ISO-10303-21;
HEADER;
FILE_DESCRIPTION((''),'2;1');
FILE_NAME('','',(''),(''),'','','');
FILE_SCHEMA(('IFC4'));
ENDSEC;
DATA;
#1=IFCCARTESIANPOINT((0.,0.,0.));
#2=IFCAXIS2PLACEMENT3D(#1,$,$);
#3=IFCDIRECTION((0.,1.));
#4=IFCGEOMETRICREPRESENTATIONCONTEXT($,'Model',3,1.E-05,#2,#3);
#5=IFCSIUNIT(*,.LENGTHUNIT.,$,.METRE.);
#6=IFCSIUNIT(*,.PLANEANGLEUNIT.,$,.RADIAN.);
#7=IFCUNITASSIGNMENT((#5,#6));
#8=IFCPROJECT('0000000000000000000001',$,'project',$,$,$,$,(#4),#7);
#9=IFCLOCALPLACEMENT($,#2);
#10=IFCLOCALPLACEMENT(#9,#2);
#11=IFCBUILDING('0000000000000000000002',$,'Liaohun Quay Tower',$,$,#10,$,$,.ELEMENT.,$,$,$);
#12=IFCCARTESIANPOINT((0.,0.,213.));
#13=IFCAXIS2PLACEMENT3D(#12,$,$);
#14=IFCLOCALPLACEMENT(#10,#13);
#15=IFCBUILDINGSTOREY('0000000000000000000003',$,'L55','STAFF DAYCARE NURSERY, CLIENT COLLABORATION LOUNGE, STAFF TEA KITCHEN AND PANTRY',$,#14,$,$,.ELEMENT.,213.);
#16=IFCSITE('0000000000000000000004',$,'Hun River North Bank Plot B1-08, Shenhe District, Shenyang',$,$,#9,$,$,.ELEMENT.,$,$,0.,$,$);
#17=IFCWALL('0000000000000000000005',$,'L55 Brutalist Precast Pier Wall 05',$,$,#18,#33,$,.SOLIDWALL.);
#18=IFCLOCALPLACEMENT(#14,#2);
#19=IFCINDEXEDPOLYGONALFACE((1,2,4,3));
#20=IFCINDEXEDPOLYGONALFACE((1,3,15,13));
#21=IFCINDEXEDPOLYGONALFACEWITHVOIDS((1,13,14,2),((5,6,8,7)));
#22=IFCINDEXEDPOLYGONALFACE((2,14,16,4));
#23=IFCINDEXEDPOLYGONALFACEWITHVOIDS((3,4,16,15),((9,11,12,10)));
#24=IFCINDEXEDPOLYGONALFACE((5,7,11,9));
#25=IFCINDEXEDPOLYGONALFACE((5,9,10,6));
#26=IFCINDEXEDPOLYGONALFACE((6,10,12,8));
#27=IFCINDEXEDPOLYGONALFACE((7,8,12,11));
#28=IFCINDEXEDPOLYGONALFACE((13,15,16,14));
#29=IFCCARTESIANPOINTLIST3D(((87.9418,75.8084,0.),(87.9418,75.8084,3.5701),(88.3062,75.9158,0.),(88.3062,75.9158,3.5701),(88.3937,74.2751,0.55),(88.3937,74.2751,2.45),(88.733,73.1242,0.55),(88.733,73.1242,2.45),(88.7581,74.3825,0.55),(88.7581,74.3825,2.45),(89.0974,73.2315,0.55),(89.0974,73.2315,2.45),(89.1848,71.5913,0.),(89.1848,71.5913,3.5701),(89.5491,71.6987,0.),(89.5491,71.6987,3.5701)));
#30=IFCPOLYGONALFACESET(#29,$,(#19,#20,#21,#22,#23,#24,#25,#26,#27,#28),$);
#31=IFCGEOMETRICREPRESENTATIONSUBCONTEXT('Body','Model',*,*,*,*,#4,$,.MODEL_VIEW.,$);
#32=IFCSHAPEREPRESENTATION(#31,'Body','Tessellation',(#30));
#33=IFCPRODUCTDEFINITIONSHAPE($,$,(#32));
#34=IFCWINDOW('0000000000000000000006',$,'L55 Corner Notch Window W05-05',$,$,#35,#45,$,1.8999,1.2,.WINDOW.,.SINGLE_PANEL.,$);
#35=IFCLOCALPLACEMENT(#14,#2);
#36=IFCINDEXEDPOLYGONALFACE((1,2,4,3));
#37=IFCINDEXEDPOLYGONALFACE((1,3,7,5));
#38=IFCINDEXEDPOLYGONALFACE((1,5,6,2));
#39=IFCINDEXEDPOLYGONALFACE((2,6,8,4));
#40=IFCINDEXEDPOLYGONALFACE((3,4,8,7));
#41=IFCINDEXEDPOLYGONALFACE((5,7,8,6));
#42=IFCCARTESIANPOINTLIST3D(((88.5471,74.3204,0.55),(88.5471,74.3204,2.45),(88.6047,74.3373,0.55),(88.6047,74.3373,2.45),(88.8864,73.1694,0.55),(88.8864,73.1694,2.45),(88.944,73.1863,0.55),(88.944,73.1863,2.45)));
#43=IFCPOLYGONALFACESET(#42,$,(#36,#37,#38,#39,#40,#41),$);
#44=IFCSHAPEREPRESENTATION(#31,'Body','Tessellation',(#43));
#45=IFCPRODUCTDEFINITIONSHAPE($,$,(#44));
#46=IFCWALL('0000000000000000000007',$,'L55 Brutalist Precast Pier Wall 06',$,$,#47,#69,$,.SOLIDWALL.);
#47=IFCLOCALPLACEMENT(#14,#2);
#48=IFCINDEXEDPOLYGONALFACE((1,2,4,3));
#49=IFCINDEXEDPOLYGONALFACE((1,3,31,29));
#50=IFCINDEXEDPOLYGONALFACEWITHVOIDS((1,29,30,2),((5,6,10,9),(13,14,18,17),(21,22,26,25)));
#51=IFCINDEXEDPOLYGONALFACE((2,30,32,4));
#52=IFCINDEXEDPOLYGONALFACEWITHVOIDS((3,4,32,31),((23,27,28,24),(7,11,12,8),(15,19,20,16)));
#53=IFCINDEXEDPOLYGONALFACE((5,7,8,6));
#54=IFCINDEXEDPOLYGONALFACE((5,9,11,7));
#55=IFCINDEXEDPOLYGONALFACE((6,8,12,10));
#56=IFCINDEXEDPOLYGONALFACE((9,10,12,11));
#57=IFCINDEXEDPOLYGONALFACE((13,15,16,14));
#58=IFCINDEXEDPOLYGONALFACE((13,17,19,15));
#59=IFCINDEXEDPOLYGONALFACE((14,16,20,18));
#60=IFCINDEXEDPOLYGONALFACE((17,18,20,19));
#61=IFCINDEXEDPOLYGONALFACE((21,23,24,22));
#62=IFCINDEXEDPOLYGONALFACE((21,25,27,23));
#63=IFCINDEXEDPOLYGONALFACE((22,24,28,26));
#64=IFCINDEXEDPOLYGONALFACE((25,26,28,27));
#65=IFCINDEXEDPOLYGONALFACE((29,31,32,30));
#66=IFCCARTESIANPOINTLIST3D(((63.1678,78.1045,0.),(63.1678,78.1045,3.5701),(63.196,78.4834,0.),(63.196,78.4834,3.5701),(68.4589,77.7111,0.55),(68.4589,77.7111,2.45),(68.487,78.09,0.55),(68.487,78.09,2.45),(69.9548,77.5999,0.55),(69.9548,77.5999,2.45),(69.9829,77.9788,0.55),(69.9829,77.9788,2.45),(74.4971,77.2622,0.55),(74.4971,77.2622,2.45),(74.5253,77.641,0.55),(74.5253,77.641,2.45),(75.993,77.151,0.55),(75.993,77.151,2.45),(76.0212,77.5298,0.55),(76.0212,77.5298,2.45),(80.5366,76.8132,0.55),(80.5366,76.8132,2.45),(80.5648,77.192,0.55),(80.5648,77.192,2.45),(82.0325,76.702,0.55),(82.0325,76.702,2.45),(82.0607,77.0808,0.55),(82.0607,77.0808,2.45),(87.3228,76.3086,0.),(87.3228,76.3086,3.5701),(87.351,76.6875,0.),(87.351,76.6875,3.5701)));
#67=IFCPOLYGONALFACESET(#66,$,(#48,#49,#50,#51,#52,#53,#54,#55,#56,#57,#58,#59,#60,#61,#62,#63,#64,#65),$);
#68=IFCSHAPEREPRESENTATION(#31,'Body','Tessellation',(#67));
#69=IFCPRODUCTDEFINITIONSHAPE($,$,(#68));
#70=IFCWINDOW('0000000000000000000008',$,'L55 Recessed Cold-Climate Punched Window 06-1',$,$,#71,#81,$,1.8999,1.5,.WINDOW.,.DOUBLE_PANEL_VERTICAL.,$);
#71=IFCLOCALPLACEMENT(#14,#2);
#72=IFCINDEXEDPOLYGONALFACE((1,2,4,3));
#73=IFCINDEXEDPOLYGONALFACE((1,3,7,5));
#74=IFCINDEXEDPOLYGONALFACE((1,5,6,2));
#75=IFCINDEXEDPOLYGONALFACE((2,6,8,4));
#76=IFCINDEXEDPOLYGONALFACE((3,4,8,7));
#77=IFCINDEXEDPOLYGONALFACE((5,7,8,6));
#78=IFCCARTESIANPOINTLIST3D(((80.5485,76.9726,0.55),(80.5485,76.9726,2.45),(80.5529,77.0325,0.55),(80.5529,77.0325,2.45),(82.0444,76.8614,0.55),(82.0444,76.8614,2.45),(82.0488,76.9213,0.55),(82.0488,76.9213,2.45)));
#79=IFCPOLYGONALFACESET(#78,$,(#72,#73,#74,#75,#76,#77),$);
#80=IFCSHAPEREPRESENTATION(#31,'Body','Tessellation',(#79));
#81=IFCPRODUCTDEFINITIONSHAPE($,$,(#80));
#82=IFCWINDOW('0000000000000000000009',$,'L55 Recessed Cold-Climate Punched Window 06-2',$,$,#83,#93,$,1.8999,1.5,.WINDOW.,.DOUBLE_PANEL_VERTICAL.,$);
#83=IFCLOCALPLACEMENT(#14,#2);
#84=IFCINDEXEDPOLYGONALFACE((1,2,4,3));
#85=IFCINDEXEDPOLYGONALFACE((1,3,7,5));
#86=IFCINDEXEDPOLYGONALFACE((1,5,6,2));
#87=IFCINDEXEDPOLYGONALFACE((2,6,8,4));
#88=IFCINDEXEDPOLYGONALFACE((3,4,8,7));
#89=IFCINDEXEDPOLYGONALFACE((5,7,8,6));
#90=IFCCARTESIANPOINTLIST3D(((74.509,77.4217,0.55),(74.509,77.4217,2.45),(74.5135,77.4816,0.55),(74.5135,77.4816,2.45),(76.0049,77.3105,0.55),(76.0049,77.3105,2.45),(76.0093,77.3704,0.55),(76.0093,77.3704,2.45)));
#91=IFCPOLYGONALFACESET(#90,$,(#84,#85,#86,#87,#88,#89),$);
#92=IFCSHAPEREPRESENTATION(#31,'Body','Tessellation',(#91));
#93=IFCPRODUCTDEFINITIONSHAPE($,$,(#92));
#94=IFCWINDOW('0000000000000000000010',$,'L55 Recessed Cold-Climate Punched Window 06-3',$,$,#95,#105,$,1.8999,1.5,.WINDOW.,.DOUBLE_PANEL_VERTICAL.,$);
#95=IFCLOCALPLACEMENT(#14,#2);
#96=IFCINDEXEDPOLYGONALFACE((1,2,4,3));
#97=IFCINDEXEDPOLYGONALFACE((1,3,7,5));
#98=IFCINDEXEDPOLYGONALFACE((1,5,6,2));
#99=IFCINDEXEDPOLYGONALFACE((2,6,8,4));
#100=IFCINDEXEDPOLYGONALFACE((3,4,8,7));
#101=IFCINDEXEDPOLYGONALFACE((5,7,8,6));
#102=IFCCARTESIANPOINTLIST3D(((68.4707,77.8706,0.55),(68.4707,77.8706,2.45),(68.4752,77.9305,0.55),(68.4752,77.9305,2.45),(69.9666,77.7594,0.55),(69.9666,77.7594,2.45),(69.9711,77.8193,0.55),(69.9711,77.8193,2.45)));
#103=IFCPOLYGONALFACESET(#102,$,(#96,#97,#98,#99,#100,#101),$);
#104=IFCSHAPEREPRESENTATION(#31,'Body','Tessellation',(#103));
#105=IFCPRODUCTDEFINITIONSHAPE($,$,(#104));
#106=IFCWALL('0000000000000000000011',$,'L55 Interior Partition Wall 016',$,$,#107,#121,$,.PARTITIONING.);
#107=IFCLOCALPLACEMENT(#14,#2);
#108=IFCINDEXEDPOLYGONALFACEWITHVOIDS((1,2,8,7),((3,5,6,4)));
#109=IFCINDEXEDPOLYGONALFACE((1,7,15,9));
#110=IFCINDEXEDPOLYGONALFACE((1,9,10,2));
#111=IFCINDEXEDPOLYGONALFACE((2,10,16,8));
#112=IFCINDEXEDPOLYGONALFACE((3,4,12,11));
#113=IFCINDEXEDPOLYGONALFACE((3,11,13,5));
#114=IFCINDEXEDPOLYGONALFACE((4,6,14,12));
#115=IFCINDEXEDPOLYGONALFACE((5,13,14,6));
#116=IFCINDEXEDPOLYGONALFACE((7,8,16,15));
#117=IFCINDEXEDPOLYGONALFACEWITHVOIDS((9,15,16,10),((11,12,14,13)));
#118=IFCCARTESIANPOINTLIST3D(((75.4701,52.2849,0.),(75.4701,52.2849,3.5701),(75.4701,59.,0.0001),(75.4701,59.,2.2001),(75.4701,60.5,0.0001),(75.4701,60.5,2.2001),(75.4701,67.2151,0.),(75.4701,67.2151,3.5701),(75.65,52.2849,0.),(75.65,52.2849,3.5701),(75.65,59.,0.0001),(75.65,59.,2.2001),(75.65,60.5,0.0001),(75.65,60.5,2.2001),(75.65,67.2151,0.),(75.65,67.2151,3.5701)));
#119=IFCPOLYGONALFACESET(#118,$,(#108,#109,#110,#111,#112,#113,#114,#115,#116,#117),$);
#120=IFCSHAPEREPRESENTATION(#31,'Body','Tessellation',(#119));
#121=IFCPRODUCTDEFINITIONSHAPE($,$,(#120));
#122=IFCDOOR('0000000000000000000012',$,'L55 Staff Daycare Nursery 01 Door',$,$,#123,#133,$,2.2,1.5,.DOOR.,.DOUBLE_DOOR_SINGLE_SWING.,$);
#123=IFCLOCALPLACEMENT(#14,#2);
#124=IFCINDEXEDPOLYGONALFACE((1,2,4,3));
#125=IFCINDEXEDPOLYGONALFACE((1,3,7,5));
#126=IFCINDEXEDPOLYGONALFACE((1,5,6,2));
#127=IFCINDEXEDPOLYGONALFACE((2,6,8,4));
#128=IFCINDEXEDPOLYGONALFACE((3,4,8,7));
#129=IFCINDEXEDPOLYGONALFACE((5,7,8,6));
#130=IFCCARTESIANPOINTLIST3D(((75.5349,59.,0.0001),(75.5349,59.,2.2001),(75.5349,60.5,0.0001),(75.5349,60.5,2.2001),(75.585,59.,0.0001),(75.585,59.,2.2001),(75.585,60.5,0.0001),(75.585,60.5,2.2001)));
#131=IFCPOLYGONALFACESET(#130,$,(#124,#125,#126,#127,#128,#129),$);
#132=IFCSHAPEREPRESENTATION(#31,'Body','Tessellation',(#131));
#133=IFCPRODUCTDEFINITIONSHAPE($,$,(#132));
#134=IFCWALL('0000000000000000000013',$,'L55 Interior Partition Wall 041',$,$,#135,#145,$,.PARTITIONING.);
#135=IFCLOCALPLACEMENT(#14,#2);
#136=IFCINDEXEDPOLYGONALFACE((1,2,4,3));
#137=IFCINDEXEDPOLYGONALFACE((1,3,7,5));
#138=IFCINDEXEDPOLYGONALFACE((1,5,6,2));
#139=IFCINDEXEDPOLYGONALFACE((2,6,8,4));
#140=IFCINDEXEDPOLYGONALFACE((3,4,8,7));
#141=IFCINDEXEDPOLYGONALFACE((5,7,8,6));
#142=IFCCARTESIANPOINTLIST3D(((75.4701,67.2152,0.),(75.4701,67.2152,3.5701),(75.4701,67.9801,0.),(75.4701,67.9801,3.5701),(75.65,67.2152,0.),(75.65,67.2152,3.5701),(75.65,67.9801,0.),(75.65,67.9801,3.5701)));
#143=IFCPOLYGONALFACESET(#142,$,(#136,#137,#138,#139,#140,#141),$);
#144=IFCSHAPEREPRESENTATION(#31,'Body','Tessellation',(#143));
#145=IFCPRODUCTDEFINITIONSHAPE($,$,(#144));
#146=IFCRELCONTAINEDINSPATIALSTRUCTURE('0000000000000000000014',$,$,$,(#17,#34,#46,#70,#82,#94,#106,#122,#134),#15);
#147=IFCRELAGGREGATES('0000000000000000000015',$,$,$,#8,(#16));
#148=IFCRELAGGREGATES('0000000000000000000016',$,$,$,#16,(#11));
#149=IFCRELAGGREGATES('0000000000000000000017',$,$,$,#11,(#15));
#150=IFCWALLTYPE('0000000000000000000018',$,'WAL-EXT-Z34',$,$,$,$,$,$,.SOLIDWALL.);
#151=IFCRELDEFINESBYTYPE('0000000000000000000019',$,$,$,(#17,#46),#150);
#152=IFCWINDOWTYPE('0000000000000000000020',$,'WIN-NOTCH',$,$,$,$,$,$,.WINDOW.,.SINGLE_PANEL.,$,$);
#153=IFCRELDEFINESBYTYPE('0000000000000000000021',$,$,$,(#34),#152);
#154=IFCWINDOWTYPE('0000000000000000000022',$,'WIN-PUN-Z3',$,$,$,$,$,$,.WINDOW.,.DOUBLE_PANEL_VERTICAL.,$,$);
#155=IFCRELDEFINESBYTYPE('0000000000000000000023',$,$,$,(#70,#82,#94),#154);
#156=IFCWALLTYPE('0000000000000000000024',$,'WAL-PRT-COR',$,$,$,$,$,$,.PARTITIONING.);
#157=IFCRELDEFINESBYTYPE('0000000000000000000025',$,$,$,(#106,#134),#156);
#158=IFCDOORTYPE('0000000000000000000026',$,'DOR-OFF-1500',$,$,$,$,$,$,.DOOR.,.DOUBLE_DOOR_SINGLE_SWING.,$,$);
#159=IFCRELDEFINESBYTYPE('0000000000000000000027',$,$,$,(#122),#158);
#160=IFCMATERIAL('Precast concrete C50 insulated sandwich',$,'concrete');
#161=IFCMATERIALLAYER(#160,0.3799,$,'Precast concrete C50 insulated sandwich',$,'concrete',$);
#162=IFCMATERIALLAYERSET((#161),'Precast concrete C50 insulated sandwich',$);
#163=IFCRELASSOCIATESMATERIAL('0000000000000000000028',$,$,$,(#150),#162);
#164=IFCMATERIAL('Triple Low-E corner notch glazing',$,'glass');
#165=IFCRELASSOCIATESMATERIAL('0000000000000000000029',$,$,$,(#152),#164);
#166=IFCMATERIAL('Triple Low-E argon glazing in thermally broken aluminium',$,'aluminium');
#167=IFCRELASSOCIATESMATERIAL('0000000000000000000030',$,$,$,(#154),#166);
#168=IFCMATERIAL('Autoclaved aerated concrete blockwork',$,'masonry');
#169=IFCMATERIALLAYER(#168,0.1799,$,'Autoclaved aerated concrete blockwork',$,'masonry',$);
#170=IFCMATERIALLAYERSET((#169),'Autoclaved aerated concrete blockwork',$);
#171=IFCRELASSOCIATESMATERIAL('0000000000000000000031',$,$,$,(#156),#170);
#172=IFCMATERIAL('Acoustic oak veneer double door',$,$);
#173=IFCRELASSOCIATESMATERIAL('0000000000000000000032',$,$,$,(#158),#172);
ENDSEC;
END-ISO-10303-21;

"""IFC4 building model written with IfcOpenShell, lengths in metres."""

from ifc_helpers import new_model, si_unit, direction, frame, frame_2d, origin, place, context, subcontext, project, spatial, rectangle, extrude, source, transform, mapped, material, layer, layer_set, type_object, element, fill, save


model = new_model("IFC4")

# Units and contexts
model_context = context("Model", 3, precision=1e-05, world=origin(), true_north=direction((0.0, 1.0)))
body_context = subcontext(model_context, "Body", "Model", "MODEL_VIEW")
ifc_project = project(units=[si_unit("LENGTHUNIT", "METRE"), si_unit("PLANEANGLEUNIT", "RADIAN")], contexts=[model_context])

# Site, building, storey
site_placement = place(None, origin())
site = spatial("IfcSite", under=ifc_project, at=site_placement, Name="Hun River North Bank Plot B1-08, Shenhe District, Shenyang", CompositionType="ELEMENT", RefElevation=0.0)
building_placement = place(site_placement, origin())
building = spatial("IfcBuilding", under=site, at=building_placement, Name="Liaohun Quay Tower", CompositionType="ELEMENT")
storey_placement = place(building_placement, frame((0.0, 0.0, 213.0)))
storey = spatial("IfcBuildingStorey", under=building, at=storey_placement, Name="L55", Description="STAFF DAYCARE NURSERY, CLIENT COLLABORATION LOUNGE, STAFF TEA KITCHEN AND PANTRY", CompositionType="ELEMENT", Elevation=213.0)

# Wall, opening, window
ifc_material_1 = material(Name="Precast concrete C50 insulated sandwich", Category="concrete")
ifc_layer_1 = layer(ifc_material_1, 0.3799, Name="Precast concrete C50 insulated sandwich", Category="concrete")
ifc_layer_set_1 = layer_set([ifc_layer_1], Name="Precast concrete C50 insulated sandwich")
wall_type_1 = type_object("IfcWallType", Name="WAL-EXT-Z34", PredefinedType="SOLIDWALL", material=ifc_layer_set_1)
shared_shape_1 = source(origin(), body_context, "Body", "SweptSolid", [
    extrude(rectangle(XDim=1.2, YDim=1.8999, at=frame_2d((0.6001, 0.95))), frame((0.0, 0.2, 0.0), z_axis=(0.0, -1.0, 0.0), x_axis=(1.0, 0.0, 0.0)), (0.0, 0.0, 1.0), 0.3999),
])
ifc_material_2 = material(Name="Triple Low-E corner notch glazing", Category="glass")
window_type_1 = type_object("IfcWindowType", Name="WIN-NOTCH", PartitioningType="SINGLE_PANEL", PredefinedType="WINDOW", material=ifc_material_2)
shared_shape_2 = source(origin(), body_context, "Body", "SweptSolid", [
    extrude(rectangle(XDim=1.2, YDim=1.8999, at=frame_2d((0.6001, 0.95))), frame((0.0, 0.03, 0.0), z_axis=(0.0, -1.0, 0.0), x_axis=(1.0, 0.0, 0.0)), (0.0, 0.0, 1.0), 0.0601),
])
wall_1_placement = place(storey_placement, frame((89.3669, 71.645, 0.0), z_axis=(0.0, 0.0, 1.0), x_axis=(-0.282713, 0.959204, 0.0)))
wall_1 = element("IfcWall", 1, at=wall_1_placement, inside=storey, type_object=wall_type_1, Name="L55 Brutalist Precast Pier Wall 05", PredefinedType="SOLIDWALL", context=body_context, shape_type="SweptSolid", body=[
    extrude(rectangle(XDim=4.3965, YDim=0.3799, at=frame_2d((2.1982, 0.0))), origin(), (0.0, 0.0, 1.0), 3.5701),
])
opening_1_placement = place(wall_1_placement, frame((1.5979, 0.0, 0.55)))
opening_1 = element("IfcOpeningElement", 2, at=opening_1_placement, cuts=wall_1, PredefinedType="OPENING", context=body_context, shape_type="MappedRepresentation", body=[
    mapped(shared_shape_1, transform((0.0, 0.0, 0.0), x_axis=(1.0, 0.0, 0.0), y_axis=(0.0, 1.0, 0.0), z_axis=(0.0, 0.0, 1.0), scale=1.0)),
])
window_1_placement = place(opening_1_placement, origin())
window_1 = element("IfcWindow", 3, at=window_1_placement, inside=storey, type_object=window_type_1, Name="L55 Corner Notch Window W05-05", OverallHeight=1.8999, OverallWidth=1.2, PartitioningType="SINGLE_PANEL", PredefinedType="WINDOW", context=body_context, shape_type="MappedRepresentation", body=[
    mapped(shared_shape_2, transform((0.0, 0.0, 0.0), x_axis=(1.0, 0.0, 0.0), y_axis=(0.0, 1.0, 0.0), z_axis=(0.0, 0.0, 1.0), scale=1.0)),
])
fill(opening_1, window_1)

# Wall, openings, windows
wall_2_placement = place(storey_placement, frame((87.3369, 76.498, 0.0), z_axis=(0.0, 0.0, 1.0), x_axis=(-0.997248, 0.074144, 0.0)))
wall_2 = element("IfcWall", 4, at=wall_2_placement, inside=storey, type_object=wall_type_1, Name="L55 Brutalist Precast Pier Wall 06", PredefinedType="SOLIDWALL", context=body_context, shape_type="SweptSolid", body=[
    extrude(rectangle(XDim=24.2217, YDim=0.3799, at=frame_2d((12.1108, 0.0))), origin(), (0.0, 0.0, 1.0), 3.5701),
])
shared_shape_3 = source(origin(), body_context, "Body", "SweptSolid", [
    extrude(rectangle(XDim=1.5, YDim=1.8999, at=frame_2d((0.75, 0.95))), frame((0.0, 0.2, 0.0), z_axis=(0.0, -1.0, 0.0), x_axis=(1.0, 0.0, 0.0)), (0.0, 0.0, 1.0), 0.3999),
])
opening_2_placement = place(wall_2_placement, frame((5.3049, 0.0, 0.55)))
opening_2 = element("IfcOpeningElement", 5, at=opening_2_placement, cuts=wall_2, PredefinedType="OPENING", context=body_context, shape_type="MappedRepresentation", body=[
    mapped(shared_shape_3, transform((0.0, 0.0, 0.0), x_axis=(1.0, 0.0, 0.0), y_axis=(0.0, 1.0, 0.0), z_axis=(0.0, 0.0, 1.0), scale=1.0)),
])
opening_3_placement = place(wall_2_placement, frame((11.3611, 0.0, 0.55)))
opening_3 = element("IfcOpeningElement", 6, at=opening_3_placement, cuts=wall_2, PredefinedType="OPENING", context=body_context, shape_type="MappedRepresentation", body=[
    mapped(shared_shape_3, transform((0.0, 0.0, 0.0), x_axis=(1.0, 0.0, 0.0), y_axis=(0.0, 1.0, 0.0), z_axis=(0.0, 0.0, 1.0), scale=1.0)),
])
opening_4_placement = place(wall_2_placement, frame((17.416, 0.0, 0.55)))
opening_4 = element("IfcOpeningElement", 7, at=opening_4_placement, cuts=wall_2, PredefinedType="OPENING", context=body_context, shape_type="MappedRepresentation", body=[
    mapped(shared_shape_3, transform((0.0, 0.0, 0.0), x_axis=(1.0, 0.0, 0.0), y_axis=(0.0, 1.0, 0.0), z_axis=(0.0, 0.0, 1.0), scale=1.0)),
])
ifc_material_3 = material(Name="Triple Low-E argon glazing in thermally broken aluminium", Category="aluminium")
window_type_2 = type_object("IfcWindowType", Name="WIN-PUN-Z3", PartitioningType="DOUBLE_PANEL_VERTICAL", PredefinedType="WINDOW", material=ifc_material_3)
shared_shape_4 = source(origin(), body_context, "Body", "SweptSolid", [
    extrude(rectangle(XDim=1.5, YDim=1.8999, at=frame_2d((0.75, 0.95))), frame((0.0, 0.03, 0.0), z_axis=(0.0, -1.0, 0.0), x_axis=(1.0, 0.0, 0.0)), (0.0, 0.0, 1.0), 0.0601),
])
window_2_placement = place(opening_2_placement, origin())
window_2 = element("IfcWindow", 8, at=window_2_placement, inside=storey, type_object=window_type_2, Name="L55 Recessed Cold-Climate Punched Window 06-1", OverallHeight=1.8999, OverallWidth=1.5, PartitioningType="DOUBLE_PANEL_VERTICAL", PredefinedType="WINDOW", context=body_context, shape_type="MappedRepresentation", body=[
    mapped(shared_shape_4, transform((0.0, 0.0, 0.0), x_axis=(1.0, 0.0, 0.0), y_axis=(0.0, 1.0, 0.0), z_axis=(0.0, 0.0, 1.0), scale=1.0)),
])
fill(opening_2, window_2)
window_3_placement = place(opening_3_placement, origin())
window_3 = element("IfcWindow", 9, at=window_3_placement, inside=storey, type_object=window_type_2, Name="L55 Recessed Cold-Climate Punched Window 06-2", OverallHeight=1.8999, OverallWidth=1.5, PartitioningType="DOUBLE_PANEL_VERTICAL", PredefinedType="WINDOW", context=body_context, shape_type="MappedRepresentation", body=[
    mapped(shared_shape_4, transform((0.0, 0.0, 0.0), x_axis=(1.0, 0.0, 0.0), y_axis=(0.0, 1.0, 0.0), z_axis=(0.0, 0.0, 1.0), scale=1.0)),
])
fill(opening_3, window_3)
window_4_placement = place(opening_4_placement, origin())
window_4 = element("IfcWindow", 10, at=window_4_placement, inside=storey, type_object=window_type_2, Name="L55 Recessed Cold-Climate Punched Window 06-3", OverallHeight=1.8999, OverallWidth=1.5, PartitioningType="DOUBLE_PANEL_VERTICAL", PredefinedType="WINDOW", context=body_context, shape_type="MappedRepresentation", body=[
    mapped(shared_shape_4, transform((0.0, 0.0, 0.0), x_axis=(1.0, 0.0, 0.0), y_axis=(0.0, 1.0, 0.0), z_axis=(0.0, 0.0, 1.0), scale=1.0)),
])
fill(opening_4, window_4)

# Wall, opening, door
ifc_material_4 = material(Name="Autoclaved aerated concrete blockwork", Category="masonry")
ifc_layer_2 = layer(ifc_material_4, 0.1799, Name="Autoclaved aerated concrete blockwork", Category="masonry")
ifc_layer_set_2 = layer_set([ifc_layer_2], Name="Autoclaved aerated concrete blockwork")
wall_type_2 = type_object("IfcWallType", Name="WAL-PRT-COR", PredefinedType="PARTITIONING", material=ifc_layer_set_2)
wall_3_placement = place(storey_placement, frame((75.5601, 67.2151, 0.0), z_axis=(0.0, 0.0, 1.0), x_axis=(0.0, -1.0, 0.0)))
wall_3 = element("IfcWall", 11, at=wall_3_placement, inside=storey, type_object=wall_type_2, Name="L55 Interior Partition Wall 016", PredefinedType="PARTITIONING", context=body_context, shape_type="SweptSolid", body=[
    extrude(rectangle(XDim=14.9302, YDim=0.1799, at=frame_2d((7.4651, 0.0))), origin(), (0.0, 0.0, 1.0), 3.5701),
])
shared_shape_5 = source(origin(), body_context, "Body", "SweptSolid", [
    extrude(rectangle(XDim=1.5, YDim=2.2, at=frame_2d((0.75, 1.1001))), frame((0.0, 0.0999, 0.0), z_axis=(0.0, -1.0, 0.0), x_axis=(1.0, 0.0, 0.0)), (0.0, 0.0, 1.0), 0.2),
])
opening_5_placement = place(wall_3_placement, frame((6.7151, 0.0, 0.0)))
opening_5 = element("IfcOpeningElement", 12, at=opening_5_placement, cuts=wall_3, PredefinedType="OPENING", context=body_context, shape_type="MappedRepresentation", body=[
    mapped(shared_shape_5, transform((0.0, 0.0, 0.0), x_axis=(1.0, 0.0, 0.0), y_axis=(0.0, 1.0, 0.0), z_axis=(0.0, 0.0, 1.0), scale=1.0)),
])
ifc_material_5 = material(Name="Acoustic oak veneer double door")
door_type = type_object("IfcDoorType", Name="DOR-OFF-1500", OperationType="DOUBLE_DOOR_SINGLE_SWING", PredefinedType="DOOR", material=ifc_material_5)
shared_shape_6 = source(origin(), body_context, "Body", "SweptSolid", [
    extrude(rectangle(XDim=1.5, YDim=2.2, at=frame_2d((0.75, 1.1001))), frame((0.0, 0.0249, 0.0), z_axis=(0.0, -1.0, 0.0), x_axis=(1.0, 0.0, 0.0)), (0.0, 0.0, 1.0), 0.05),
])
door_placement = place(opening_5_placement, origin())
door = element("IfcDoor", 13, at=door_placement, inside=storey, type_object=door_type, Name="L55 Staff Daycare Nursery 01 Door", OperationType="DOUBLE_DOOR_SINGLE_SWING", OverallHeight=2.2, OverallWidth=1.5, PredefinedType="DOOR", context=body_context, shape_type="MappedRepresentation", body=[
    mapped(shared_shape_6, transform((0.0, 0.0, 0.0), x_axis=(1.0, 0.0, 0.0), y_axis=(0.0, 1.0, 0.0), z_axis=(0.0, 0.0, 1.0), scale=1.0)),
])
fill(opening_5, door)

# Wall
wall_4_placement = place(storey_placement, frame((75.5601, 67.98, 0.0), z_axis=(0.0, 0.0, 1.0), x_axis=(0.0, -1.0, 0.0)))
element("IfcWall", 14, at=wall_4_placement, inside=storey, type_object=wall_type_2, Name="L55 Interior Partition Wall 041", PredefinedType="PARTITIONING", context=body_context, shape_type="SweptSolid", body=[
    extrude(rectangle(XDim=0.7649, YDim=0.1799, at=frame_2d((0.3823, 0.0))), origin(), (0.0, 0.0, 1.0), 3.5701),
])

save(model, "model.ifc")
